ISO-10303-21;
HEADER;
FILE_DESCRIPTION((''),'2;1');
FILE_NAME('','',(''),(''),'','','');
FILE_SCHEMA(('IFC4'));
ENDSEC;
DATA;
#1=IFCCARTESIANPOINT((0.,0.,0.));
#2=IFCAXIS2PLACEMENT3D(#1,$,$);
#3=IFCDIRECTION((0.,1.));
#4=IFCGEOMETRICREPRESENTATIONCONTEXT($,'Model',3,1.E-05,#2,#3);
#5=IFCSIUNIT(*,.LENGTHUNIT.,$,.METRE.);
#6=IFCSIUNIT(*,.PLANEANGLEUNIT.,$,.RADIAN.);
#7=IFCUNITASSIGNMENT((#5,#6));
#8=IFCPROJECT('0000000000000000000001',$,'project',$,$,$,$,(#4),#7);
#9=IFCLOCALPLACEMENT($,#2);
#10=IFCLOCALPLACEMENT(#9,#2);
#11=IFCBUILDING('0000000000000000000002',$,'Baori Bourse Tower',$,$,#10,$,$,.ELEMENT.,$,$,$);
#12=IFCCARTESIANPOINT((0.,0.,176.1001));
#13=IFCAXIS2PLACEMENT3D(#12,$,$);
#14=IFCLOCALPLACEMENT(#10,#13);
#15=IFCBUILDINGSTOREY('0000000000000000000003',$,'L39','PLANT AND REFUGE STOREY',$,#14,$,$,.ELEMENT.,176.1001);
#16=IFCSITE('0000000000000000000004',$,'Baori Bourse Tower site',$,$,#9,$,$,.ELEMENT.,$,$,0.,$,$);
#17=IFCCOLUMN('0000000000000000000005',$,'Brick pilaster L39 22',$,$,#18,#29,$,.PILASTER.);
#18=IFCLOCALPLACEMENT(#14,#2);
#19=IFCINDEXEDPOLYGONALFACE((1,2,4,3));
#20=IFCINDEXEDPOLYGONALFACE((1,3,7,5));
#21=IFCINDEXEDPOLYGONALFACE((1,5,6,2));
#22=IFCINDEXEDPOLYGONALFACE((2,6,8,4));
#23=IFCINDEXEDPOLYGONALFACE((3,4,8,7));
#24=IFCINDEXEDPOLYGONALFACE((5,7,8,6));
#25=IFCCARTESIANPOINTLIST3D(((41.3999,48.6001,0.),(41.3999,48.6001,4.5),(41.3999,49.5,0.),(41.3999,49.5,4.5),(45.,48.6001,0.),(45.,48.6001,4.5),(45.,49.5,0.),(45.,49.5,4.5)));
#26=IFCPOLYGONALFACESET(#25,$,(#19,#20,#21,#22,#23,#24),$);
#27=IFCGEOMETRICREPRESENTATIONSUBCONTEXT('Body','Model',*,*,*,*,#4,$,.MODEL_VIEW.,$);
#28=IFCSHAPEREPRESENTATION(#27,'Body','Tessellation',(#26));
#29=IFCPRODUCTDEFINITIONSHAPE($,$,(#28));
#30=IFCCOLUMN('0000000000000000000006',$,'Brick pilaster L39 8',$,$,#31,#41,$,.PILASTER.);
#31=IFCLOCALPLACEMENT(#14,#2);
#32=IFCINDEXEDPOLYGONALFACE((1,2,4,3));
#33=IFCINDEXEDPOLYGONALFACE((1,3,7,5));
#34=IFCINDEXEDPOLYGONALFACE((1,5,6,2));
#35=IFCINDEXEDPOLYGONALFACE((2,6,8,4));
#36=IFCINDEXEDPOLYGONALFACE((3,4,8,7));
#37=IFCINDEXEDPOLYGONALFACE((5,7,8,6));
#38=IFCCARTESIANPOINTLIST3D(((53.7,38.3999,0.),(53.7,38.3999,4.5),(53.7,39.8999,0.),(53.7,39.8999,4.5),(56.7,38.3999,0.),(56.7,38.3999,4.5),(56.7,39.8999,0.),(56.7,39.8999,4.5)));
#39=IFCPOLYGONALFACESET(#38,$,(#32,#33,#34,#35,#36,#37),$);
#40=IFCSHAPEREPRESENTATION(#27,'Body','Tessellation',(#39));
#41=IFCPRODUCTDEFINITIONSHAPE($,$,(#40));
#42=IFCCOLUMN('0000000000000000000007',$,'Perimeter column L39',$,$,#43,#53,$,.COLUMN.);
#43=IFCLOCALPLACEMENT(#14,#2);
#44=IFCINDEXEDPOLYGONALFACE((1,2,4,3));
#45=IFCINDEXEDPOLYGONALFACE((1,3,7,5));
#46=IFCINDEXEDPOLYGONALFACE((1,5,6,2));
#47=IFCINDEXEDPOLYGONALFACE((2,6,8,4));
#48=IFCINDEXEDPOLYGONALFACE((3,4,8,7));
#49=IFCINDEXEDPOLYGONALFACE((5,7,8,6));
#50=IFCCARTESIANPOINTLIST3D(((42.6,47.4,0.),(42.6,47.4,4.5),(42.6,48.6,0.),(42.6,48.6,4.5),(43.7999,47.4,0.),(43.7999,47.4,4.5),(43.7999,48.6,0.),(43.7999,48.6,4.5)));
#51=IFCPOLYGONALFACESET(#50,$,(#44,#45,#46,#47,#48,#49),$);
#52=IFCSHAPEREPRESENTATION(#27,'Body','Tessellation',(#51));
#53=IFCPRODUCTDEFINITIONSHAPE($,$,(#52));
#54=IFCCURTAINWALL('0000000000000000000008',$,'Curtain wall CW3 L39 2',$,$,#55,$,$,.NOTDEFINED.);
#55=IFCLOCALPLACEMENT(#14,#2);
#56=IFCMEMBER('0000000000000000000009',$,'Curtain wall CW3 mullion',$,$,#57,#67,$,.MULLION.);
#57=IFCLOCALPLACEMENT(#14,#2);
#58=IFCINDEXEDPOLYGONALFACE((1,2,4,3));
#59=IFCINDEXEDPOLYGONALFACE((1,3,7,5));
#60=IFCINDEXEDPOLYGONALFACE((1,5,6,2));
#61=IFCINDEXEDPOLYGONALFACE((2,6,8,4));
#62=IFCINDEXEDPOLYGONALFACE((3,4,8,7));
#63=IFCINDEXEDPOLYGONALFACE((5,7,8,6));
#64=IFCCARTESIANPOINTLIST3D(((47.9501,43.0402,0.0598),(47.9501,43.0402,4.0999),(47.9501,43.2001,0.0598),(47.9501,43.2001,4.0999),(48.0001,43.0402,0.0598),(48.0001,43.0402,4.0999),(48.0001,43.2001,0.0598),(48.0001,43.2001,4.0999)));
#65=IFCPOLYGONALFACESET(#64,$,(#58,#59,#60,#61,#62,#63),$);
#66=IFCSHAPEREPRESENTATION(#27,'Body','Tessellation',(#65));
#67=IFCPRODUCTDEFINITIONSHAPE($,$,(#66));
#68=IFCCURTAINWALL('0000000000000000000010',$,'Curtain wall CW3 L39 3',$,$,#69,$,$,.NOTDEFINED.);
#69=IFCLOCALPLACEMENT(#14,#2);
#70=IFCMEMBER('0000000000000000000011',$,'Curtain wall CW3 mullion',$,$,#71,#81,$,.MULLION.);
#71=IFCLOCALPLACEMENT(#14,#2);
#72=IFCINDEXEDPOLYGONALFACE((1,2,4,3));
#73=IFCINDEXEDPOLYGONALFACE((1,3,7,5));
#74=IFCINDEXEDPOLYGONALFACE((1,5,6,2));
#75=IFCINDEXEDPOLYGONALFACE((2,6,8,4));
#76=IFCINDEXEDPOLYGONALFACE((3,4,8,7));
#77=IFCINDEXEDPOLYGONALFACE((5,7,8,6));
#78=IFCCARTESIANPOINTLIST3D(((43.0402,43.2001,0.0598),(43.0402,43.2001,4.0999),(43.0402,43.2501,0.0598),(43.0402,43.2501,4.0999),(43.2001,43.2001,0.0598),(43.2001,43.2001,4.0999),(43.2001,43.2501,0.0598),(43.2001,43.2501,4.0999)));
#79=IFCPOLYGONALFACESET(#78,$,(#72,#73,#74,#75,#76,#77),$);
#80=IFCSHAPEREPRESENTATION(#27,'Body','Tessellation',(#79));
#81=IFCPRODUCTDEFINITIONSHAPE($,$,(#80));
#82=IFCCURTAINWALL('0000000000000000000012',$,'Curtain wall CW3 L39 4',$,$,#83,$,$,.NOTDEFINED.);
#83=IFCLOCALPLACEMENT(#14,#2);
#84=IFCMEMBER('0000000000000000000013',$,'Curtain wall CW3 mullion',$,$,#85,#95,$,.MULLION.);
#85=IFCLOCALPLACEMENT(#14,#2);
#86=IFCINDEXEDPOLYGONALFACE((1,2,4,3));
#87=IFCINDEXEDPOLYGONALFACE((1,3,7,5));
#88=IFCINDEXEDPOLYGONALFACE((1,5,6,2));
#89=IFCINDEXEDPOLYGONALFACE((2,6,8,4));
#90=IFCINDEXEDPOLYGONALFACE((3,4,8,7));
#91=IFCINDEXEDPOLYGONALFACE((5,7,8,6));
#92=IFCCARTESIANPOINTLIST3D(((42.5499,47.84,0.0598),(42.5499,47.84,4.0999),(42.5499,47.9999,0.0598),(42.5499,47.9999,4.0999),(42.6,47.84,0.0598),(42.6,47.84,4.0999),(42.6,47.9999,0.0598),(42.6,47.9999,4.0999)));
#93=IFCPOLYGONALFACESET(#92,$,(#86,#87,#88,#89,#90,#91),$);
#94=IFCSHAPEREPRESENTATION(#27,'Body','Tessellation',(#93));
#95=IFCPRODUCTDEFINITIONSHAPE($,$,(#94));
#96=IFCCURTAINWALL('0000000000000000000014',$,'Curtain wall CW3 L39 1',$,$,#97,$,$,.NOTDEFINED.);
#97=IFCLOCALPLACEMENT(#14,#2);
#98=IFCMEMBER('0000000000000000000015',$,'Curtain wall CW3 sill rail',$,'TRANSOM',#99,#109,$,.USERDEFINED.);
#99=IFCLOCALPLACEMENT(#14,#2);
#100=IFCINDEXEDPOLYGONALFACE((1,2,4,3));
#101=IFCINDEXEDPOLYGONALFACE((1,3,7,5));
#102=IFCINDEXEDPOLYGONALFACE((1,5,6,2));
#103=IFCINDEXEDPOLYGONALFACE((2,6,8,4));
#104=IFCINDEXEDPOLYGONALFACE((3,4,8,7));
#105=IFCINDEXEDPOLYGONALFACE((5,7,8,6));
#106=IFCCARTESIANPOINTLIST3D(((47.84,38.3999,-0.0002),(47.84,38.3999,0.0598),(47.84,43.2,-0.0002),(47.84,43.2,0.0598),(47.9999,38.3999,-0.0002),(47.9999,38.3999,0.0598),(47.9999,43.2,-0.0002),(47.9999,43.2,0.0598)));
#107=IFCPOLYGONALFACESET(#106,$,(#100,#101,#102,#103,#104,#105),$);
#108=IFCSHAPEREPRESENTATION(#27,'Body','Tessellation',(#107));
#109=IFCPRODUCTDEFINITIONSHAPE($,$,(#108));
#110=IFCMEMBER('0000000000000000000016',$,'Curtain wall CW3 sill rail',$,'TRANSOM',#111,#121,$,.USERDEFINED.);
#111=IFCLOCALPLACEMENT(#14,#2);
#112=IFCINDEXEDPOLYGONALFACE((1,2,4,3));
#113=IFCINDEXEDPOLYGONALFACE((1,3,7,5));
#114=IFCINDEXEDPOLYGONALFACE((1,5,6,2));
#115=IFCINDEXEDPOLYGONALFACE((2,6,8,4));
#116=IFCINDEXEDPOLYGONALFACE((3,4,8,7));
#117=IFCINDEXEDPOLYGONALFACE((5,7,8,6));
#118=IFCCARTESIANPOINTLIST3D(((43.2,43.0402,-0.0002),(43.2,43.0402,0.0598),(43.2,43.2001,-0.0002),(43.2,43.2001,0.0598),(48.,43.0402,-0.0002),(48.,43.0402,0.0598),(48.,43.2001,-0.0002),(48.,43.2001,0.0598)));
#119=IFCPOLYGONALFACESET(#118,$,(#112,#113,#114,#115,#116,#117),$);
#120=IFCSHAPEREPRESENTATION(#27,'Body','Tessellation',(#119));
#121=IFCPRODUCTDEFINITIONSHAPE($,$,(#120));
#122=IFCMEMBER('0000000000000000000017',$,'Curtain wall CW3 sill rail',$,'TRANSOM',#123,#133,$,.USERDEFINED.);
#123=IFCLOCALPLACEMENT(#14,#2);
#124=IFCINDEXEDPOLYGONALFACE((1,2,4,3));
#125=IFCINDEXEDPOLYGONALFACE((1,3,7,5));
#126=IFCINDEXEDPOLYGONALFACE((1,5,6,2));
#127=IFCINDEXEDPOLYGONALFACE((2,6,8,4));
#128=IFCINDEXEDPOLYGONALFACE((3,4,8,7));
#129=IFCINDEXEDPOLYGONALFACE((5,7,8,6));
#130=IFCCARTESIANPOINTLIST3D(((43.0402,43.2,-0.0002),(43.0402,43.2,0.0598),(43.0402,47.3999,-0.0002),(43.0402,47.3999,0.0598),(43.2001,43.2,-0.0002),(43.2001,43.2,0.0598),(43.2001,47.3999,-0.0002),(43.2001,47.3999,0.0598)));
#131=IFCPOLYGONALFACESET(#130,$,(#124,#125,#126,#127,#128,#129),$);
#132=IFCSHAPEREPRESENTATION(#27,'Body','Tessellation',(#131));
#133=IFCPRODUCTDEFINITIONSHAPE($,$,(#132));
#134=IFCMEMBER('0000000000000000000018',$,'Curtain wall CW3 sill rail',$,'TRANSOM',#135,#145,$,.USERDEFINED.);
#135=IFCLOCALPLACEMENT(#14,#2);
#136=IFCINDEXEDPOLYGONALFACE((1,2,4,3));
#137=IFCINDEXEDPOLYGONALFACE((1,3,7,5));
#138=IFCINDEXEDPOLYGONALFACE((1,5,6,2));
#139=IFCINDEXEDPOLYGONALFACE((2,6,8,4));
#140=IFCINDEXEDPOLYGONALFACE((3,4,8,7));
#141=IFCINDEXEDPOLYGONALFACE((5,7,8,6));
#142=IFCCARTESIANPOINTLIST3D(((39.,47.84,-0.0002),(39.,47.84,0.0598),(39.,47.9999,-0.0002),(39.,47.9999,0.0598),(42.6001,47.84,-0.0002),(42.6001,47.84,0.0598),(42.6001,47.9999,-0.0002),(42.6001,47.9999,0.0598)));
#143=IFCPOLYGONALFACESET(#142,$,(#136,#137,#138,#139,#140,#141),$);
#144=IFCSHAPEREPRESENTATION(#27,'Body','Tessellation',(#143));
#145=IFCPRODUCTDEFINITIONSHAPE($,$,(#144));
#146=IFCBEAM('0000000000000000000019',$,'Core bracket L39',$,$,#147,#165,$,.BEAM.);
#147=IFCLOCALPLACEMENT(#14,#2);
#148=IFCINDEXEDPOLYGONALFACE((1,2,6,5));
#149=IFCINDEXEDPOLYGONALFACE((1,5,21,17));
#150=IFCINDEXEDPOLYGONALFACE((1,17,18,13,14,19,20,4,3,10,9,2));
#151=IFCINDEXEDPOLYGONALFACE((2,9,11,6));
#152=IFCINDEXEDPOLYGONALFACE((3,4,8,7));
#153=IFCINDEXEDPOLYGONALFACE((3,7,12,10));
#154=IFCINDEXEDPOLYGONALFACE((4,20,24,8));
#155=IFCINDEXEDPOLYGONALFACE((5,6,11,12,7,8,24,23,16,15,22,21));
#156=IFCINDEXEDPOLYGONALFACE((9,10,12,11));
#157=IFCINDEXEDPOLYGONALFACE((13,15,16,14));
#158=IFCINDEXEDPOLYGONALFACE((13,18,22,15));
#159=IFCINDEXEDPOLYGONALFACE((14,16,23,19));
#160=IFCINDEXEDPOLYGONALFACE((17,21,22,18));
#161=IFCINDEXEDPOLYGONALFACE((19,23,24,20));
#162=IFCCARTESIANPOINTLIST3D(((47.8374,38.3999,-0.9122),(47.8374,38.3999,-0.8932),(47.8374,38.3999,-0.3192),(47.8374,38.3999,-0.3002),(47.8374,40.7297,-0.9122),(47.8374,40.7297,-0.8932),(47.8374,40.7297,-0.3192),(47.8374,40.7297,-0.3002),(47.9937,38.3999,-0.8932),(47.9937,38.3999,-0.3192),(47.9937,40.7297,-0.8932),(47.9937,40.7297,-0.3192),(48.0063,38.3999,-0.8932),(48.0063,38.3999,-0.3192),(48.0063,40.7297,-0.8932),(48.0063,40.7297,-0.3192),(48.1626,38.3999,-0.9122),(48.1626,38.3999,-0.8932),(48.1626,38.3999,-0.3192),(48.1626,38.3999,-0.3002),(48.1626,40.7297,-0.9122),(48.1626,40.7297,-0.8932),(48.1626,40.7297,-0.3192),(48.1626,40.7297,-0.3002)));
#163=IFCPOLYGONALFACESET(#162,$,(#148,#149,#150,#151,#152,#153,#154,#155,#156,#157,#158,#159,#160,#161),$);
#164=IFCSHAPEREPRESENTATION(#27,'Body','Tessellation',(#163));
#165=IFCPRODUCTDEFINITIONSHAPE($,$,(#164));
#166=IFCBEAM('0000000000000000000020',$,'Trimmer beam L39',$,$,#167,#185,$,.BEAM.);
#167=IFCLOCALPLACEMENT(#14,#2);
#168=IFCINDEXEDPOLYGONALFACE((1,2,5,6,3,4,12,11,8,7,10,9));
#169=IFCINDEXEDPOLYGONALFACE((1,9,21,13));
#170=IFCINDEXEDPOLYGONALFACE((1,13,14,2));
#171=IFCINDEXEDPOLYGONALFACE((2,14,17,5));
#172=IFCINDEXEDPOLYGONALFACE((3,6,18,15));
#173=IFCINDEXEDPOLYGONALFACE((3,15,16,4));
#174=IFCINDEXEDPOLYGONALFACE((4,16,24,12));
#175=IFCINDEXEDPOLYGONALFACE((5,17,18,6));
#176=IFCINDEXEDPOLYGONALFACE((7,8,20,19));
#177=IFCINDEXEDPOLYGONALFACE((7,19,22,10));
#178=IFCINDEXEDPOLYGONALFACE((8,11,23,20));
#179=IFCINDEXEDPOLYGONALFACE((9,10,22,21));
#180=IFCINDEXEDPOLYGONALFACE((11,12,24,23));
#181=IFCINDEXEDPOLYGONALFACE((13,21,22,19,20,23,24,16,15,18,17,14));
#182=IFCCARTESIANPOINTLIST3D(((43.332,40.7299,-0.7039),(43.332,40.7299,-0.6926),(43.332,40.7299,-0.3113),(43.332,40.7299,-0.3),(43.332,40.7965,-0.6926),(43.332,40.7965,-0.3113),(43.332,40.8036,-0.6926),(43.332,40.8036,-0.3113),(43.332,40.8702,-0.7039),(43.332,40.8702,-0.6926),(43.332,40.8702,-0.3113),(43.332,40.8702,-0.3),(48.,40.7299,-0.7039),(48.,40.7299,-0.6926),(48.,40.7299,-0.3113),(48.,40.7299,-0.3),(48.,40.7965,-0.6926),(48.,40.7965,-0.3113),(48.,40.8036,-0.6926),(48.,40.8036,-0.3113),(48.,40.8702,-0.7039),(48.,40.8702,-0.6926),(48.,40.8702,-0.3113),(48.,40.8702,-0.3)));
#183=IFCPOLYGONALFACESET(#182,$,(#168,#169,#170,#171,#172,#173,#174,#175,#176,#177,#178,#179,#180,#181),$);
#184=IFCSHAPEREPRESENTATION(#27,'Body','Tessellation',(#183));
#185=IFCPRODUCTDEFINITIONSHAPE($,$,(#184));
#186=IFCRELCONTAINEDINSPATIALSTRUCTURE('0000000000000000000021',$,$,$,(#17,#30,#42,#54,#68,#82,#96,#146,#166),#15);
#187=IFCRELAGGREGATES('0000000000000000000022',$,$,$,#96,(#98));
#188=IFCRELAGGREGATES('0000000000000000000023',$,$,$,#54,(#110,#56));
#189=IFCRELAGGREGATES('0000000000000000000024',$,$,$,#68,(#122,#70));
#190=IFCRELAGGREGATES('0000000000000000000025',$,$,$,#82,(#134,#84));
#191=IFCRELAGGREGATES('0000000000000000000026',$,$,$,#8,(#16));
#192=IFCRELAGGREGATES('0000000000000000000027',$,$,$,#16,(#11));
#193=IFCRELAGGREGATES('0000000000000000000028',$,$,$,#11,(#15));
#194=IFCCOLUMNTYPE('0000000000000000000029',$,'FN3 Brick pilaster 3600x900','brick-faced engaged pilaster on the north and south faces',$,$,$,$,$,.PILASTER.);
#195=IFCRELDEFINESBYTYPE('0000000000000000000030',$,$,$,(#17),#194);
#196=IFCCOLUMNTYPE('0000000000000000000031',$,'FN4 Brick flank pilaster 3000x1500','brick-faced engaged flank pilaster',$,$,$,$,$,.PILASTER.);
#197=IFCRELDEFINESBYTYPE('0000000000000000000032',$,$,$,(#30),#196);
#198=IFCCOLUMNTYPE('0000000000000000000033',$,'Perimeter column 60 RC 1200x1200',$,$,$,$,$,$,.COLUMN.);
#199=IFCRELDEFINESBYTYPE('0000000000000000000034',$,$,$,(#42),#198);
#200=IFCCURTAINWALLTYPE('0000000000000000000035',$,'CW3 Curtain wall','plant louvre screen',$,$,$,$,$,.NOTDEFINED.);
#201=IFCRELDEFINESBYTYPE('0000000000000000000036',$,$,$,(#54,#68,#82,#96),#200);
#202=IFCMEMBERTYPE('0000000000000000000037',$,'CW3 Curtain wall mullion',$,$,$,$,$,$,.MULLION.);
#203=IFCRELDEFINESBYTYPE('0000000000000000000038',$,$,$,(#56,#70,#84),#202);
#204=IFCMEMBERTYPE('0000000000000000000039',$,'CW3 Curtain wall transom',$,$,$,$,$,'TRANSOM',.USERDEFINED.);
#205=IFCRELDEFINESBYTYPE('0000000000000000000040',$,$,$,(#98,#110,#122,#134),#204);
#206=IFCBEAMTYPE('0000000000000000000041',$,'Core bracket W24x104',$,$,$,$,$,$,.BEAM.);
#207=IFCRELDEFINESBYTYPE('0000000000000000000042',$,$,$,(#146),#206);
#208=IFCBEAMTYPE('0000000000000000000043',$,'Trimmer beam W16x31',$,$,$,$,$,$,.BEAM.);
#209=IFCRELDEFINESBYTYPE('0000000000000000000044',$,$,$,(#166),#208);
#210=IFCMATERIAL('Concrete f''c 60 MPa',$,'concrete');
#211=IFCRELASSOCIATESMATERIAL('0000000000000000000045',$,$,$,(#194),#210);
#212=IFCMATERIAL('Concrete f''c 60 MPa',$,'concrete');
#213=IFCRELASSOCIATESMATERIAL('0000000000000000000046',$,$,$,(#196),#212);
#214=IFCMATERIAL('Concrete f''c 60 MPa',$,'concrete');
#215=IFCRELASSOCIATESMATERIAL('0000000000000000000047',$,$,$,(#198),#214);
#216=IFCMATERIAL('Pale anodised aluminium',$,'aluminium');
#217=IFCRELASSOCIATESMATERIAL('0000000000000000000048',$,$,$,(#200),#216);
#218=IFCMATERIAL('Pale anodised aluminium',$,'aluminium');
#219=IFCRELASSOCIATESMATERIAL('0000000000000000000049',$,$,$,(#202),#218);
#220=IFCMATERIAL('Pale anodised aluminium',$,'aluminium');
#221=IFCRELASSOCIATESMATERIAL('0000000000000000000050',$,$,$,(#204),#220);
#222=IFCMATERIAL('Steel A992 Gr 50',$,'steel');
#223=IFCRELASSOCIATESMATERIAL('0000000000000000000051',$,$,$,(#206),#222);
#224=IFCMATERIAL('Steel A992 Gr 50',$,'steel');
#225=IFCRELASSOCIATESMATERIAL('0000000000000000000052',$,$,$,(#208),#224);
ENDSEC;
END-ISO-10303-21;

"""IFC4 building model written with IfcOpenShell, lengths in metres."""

from ifc_helpers import new_model, si_unit, direction, frame, origin, origin_2d, place, context, subcontext, project, spatial, rectangle, i_section, extrude, material, material_profile, profile_set, type_object, element, aggregate, save


model = new_model("IFC4")

# Units and contexts
model_context = context("Model", 3, precision=1e-05, world=origin(), true_north=direction((0.0, 1.0)))
body_context = subcontext(model_context, "Body", "Model", "MODEL_VIEW")
ifc_project = project(units=[si_unit("LENGTHUNIT", "METRE"), si_unit("PLANEANGLEUNIT", "RADIAN")], contexts=[model_context])

# Site, building, storey
site_placement = place(None, origin())
site = spatial("IfcSite", under=ifc_project, at=site_placement, Name="Baori Bourse Tower site", CompositionType="ELEMENT", RefElevation=0.0)
building_placement = place(site_placement, origin())
building = spatial("IfcBuilding", under=site, at=building_placement, Name="Baori Bourse Tower", CompositionType="ELEMENT")
storey_placement = place(building_placement, frame((0.0, 0.0, 176.1001)))
storey = spatial("IfcBuildingStorey", under=building, at=storey_placement, Name="L39", Description="PLANT AND REFUGE STOREY", CompositionType="ELEMENT", Elevation=176.1001)

# Columns
ifc_material_1 = material(Name="Concrete f'c 60 MPa", Category="concrete")
ifc_material_profile_1 = material_profile(ifc_material_1, rectangle(XDim=3.6001, YDim=0.8999, at=origin_2d()), Name="RC 3600x900")
ifc_profile_set_1 = profile_set([ifc_material_profile_1], Name="Concrete f'c 60 MPa")
column_type_1 = type_object("IfcColumnType", Name="FN3 Brick pilaster 3600x900", Description="brick-faced engaged pilaster on the north and south faces", PredefinedType="PILASTER", material=ifc_profile_set_1)
column_1_placement = place(storey_placement, frame((43.2, 49.05, 0.0), z_axis=(0.0, 0.0, 1.0), x_axis=(1.0, 0.0, 0.0)))
element("IfcColumn", 1, at=column_1_placement, inside=storey, type_object=column_type_1, Name="Brick pilaster L39 22", PredefinedType="PILASTER", context=body_context, shape_type="SweptSolid", body=[
    extrude(rectangle(XDim=3.6001, YDim=0.8999, at=origin_2d()), origin(), (0.0, 0.0, 1.0), 4.5),
])
ifc_material_2 = material(Name="Concrete f'c 60 MPa", Category="concrete")
ifc_material_profile_2 = material_profile(ifc_material_2, rectangle(XDim=3.0, YDim=1.5, at=origin_2d()), Name="RC 3000x1500")
ifc_profile_set_2 = profile_set([ifc_material_profile_2], Name="Concrete f'c 60 MPa")
column_type_2 = type_object("IfcColumnType", Name="FN4 Brick flank pilaster 3000x1500", Description="brick-faced engaged flank pilaster", PredefinedType="PILASTER", material=ifc_profile_set_2)
column_2_placement = place(storey_placement, frame((55.2, 39.1499, 0.0), z_axis=(0.0, 0.0, 1.0), x_axis=(1.0, 0.0, 0.0)))
element("IfcColumn", 2, at=column_2_placement, inside=storey, type_object=column_type_2, Name="Brick pilaster L39 8", PredefinedType="PILASTER", context=body_context, shape_type="SweptSolid", body=[
    extrude(rectangle(XDim=3.0, YDim=1.5, at=origin_2d()), origin(), (0.0, 0.0, 1.0), 4.5),
])
ifc_material_3 = material(Name="Concrete f'c 60 MPa", Category="concrete")
ifc_material_profile_3 = material_profile(ifc_material_3, rectangle(XDim=1.2, YDim=1.2, at=origin_2d()), Name="RC 1200x1200")
ifc_profile_set_3 = profile_set([ifc_material_profile_3], Name="Concrete f'c 60 MPa")
column_type_3 = type_object("IfcColumnType", Name="Perimeter column 60 RC 1200x1200", PredefinedType="COLUMN", material=ifc_profile_set_3)
column_3_placement = place(storey_placement, frame((43.2, 48.0, 0.0), z_axis=(0.0, 0.0, 1.0), x_axis=(1.0, 0.0, 0.0)))
element("IfcColumn", 3, at=column_3_placement, inside=storey, type_object=column_type_3, Name="Perimeter column L39", PredefinedType="COLUMN", context=body_context, shape_type="SweptSolid", body=[
    extrude(rectangle(XDim=1.2, YDim=1.2, at=origin_2d()), origin(), (0.0, 0.0, 1.0), 4.5),
])

# Curtain walls, members
ifc_material_4 = material(Name="Pale anodised aluminium", Category="aluminium")
curtain_wall_type = type_object("IfcCurtainWallType", Name="CW3 Curtain wall", Description="plant louvre screen", PredefinedType="NOTDEFINED", material=ifc_material_4)
curtain_wall_1_placement = place(storey_placement, origin())
curtain_wall_1 = element("IfcCurtainWall", 4, at=curtain_wall_1_placement, inside=storey, type_object=curtain_wall_type, Name="Curtain wall CW3 L39 2", PredefinedType="NOTDEFINED")
ifc_material_5 = material(Name="Pale anodised aluminium", Category="aluminium")
ifc_material_profile_4 = material_profile(ifc_material_5, rectangle(XDim=0.1599, YDim=0.05, at=origin_2d()), Name="Mullion 50x160")
ifc_profile_set_4 = profile_set([ifc_material_profile_4], Name="Pale anodised aluminium")
member_type_1 = type_object("IfcMemberType", Name="CW3 Curtain wall mullion", PredefinedType="MULLION", material=ifc_profile_set_4)
member_1_placement = place(storey_placement, frame((47.9751, 43.1201, 0.0598), z_axis=(0.0, 0.0, 1.0), x_axis=(0.0, -1.0, 0.0)))
member_1 = element("IfcMember", 5, at=member_1_placement, type_object=member_type_1, Name="Curtain wall CW3 mullion", PredefinedType="MULLION", context=body_context, shape_type="SweptSolid", body=[
    extrude(rectangle(XDim=0.1599, YDim=0.05, at=origin_2d()), origin(), (0.0, 0.0, 1.0), 4.04),
])
curtain_wall_2_placement = place(storey_placement, origin())
curtain_wall_2 = element("IfcCurtainWall", 6, at=curtain_wall_2_placement, inside=storey, type_object=curtain_wall_type, Name="Curtain wall CW3 L39 3", PredefinedType="NOTDEFINED")
member_2_placement = place(storey_placement, frame((43.1201, 43.2251, 0.0598), z_axis=(0.0, 0.0, 1.0), x_axis=(-1.0, 0.0, 0.0)))
member_2 = element("IfcMember", 7, at=member_2_placement, type_object=member_type_1, Name="Curtain wall CW3 mullion", PredefinedType="MULLION", context=body_context, shape_type="SweptSolid", body=[
    extrude(rectangle(XDim=0.1599, YDim=0.05, at=origin_2d()), origin(), (0.0, 0.0, 1.0), 4.04),
])
curtain_wall_3_placement = place(storey_placement, origin())
curtain_wall_3 = element("IfcCurtainWall", 8, at=curtain_wall_3_placement, inside=storey, type_object=curtain_wall_type, Name="Curtain wall CW3 L39 4", PredefinedType="NOTDEFINED")
member_3_placement = place(storey_placement, frame((42.575, 47.9199, 0.0598), z_axis=(0.0, 0.0, 1.0), x_axis=(0.0, -1.0, 0.0)))
member_3 = element("IfcMember", 9, at=member_3_placement, type_object=member_type_1, Name="Curtain wall CW3 mullion", PredefinedType="MULLION", context=body_context, shape_type="SweptSolid", body=[
    extrude(rectangle(XDim=0.1599, YDim=0.05, at=origin_2d()), origin(), (0.0, 0.0, 1.0), 4.04),
])
curtain_wall_4_placement = place(storey_placement, origin())
curtain_wall_4 = element("IfcCurtainWall", 10, at=curtain_wall_4_placement, inside=storey, type_object=curtain_wall_type, Name="Curtain wall CW3 L39 1", PredefinedType="NOTDEFINED")
ifc_material_6 = material(Name="Pale anodised aluminium", Category="aluminium")
ifc_material_profile_5 = material_profile(ifc_material_6, rectangle(XDim=0.1599, YDim=0.0601, at=origin_2d()), Name="Transom 60x160")
ifc_profile_set_5 = profile_set([ifc_material_profile_5], Name="Pale anodised aluminium")
member_type_2 = type_object("IfcMemberType", Name="CW3 Curtain wall transom", ElementType="TRANSOM", PredefinedType="USERDEFINED", material=ifc_profile_set_5)
member_4_placement = place(storey_placement, frame((47.9199, 38.3999, 0.0298), z_axis=(0.0, 1.0, 0.0), x_axis=(-1.0, 0.0, 0.0)))
member_4 = element("IfcMember", 11, at=member_4_placement, type_object=member_type_2, Name="Curtain wall CW3 sill rail", ObjectType="TRANSOM", PredefinedType="USERDEFINED", context=body_context, shape_type="SweptSolid", body=[
    extrude(rectangle(XDim=0.1599, YDim=0.0601, at=origin_2d()), origin(), (0.0, 0.0, 1.0), 4.8),
])

# Members
member_5_placement = place(storey_placement, frame((48.0, 43.1201, 0.0298), z_axis=(-1.0, 0.0, 0.0), x_axis=(0.0, -1.0, 0.0)))
member_5 = element("IfcMember", 12, at=member_5_placement, type_object=member_type_2, Name="Curtain wall CW3 sill rail", ObjectType="TRANSOM", PredefinedType="USERDEFINED", context=body_context, shape_type="SweptSolid", body=[
    extrude(rectangle(XDim=0.1599, YDim=0.0601, at=origin_2d()), origin(), (0.0, 0.0, 1.0), 4.8),
])
member_6_placement = place(storey_placement, frame((43.1201, 43.2, 0.0298), z_axis=(0.0, 1.0, 0.0), x_axis=(-1.0, 0.0, 0.0)))
member_6 = element("IfcMember", 13, at=member_6_placement, type_object=member_type_2, Name="Curtain wall CW3 sill rail", ObjectType="TRANSOM", PredefinedType="USERDEFINED", context=body_context, shape_type="SweptSolid", body=[
    extrude(rectangle(XDim=0.1599, YDim=0.0601, at=origin_2d()), origin(), (0.0, 0.0, 1.0), 4.2),
])
member_7_placement = place(storey_placement, frame((42.6001, 47.9199, 0.0298), z_axis=(-1.0, 0.0, 0.0), x_axis=(0.0, -1.0, 0.0)))
member_7 = element("IfcMember", 14, at=member_7_placement, type_object=member_type_2, Name="Curtain wall CW3 sill rail", ObjectType="TRANSOM", PredefinedType="USERDEFINED", context=body_context, shape_type="SweptSolid", body=[
    extrude(rectangle(XDim=0.1599, YDim=0.0601, at=origin_2d()), origin(), (0.0, 0.0, 1.0), 3.6001),
])

# Beams
ifc_material_7 = material(Name="Steel A992 Gr 50", Category="steel")
ifc_material_profile_6 = material_profile(ifc_material_7, i_section(OverallWidth=0.3252, OverallDepth=0.6121, WebThickness=0.0127, FlangeThickness=0.019, at=origin_2d()), Name="W24x104")
ifc_profile_set_6 = profile_set([ifc_material_profile_6], Name="Steel A992 Gr 50")
beam_type_1 = type_object("IfcBeamType", Name="Core bracket W24x104", PredefinedType="BEAM", material=ifc_profile_set_6)
beam_1_placement = place(storey_placement, frame((48.0, 38.3999, -0.6062), z_axis=(0.0, 1.0, 0.0), x_axis=(-1.0, 0.0, 0.0)))
element("IfcBeam", 15, at=beam_1_placement, inside=storey, type_object=beam_type_1, Name="Core bracket L39", PredefinedType="BEAM", context=body_context, shape_type="SweptSolid", body=[
    extrude(i_section(OverallWidth=0.3252, OverallDepth=0.6121, WebThickness=0.0127, FlangeThickness=0.019, at=origin_2d()), origin(), (0.0, 0.0, 1.0), 2.3298),
])
ifc_material_8 = material(Name="Steel A992 Gr 50", Category="steel")
ifc_material_profile_7 = material_profile(ifc_material_8, i_section(OverallWidth=0.1404, OverallDepth=0.4038, WebThickness=0.0071, FlangeThickness=0.0112, at=origin_2d()), Name="W16x31")
ifc_profile_set_7 = profile_set([ifc_material_profile_7], Name="Steel A992 Gr 50")
beam_type_2 = type_object("IfcBeamType", Name="Trimmer beam W16x31", PredefinedType="BEAM", material=ifc_profile_set_7)
beam_2_placement = place(storey_placement, frame((43.332, 40.8, -0.502), z_axis=(1.0, 0.0, 0.0), x_axis=(0.0, 1.0, 0.0)))
element("IfcBeam", 16, at=beam_2_placement, inside=storey, type_object=beam_type_2, Name="Trimmer beam L39", PredefinedType="BEAM", context=body_context, shape_type="SweptSolid", body=[
    extrude(i_section(OverallWidth=0.1404, OverallDepth=0.4038, WebThickness=0.0071, FlangeThickness=0.0112, at=origin_2d()), origin(), (0.0, 0.0, 1.0), 4.668),
])

aggregate(curtain_wall_4, [member_4])
aggregate(curtain_wall_1, [member_5, member_1])
aggregate(curtain_wall_2, [member_6, member_2])
aggregate(curtain_wall_3, [member_7, member_3])

save(model, "model.ifc")
